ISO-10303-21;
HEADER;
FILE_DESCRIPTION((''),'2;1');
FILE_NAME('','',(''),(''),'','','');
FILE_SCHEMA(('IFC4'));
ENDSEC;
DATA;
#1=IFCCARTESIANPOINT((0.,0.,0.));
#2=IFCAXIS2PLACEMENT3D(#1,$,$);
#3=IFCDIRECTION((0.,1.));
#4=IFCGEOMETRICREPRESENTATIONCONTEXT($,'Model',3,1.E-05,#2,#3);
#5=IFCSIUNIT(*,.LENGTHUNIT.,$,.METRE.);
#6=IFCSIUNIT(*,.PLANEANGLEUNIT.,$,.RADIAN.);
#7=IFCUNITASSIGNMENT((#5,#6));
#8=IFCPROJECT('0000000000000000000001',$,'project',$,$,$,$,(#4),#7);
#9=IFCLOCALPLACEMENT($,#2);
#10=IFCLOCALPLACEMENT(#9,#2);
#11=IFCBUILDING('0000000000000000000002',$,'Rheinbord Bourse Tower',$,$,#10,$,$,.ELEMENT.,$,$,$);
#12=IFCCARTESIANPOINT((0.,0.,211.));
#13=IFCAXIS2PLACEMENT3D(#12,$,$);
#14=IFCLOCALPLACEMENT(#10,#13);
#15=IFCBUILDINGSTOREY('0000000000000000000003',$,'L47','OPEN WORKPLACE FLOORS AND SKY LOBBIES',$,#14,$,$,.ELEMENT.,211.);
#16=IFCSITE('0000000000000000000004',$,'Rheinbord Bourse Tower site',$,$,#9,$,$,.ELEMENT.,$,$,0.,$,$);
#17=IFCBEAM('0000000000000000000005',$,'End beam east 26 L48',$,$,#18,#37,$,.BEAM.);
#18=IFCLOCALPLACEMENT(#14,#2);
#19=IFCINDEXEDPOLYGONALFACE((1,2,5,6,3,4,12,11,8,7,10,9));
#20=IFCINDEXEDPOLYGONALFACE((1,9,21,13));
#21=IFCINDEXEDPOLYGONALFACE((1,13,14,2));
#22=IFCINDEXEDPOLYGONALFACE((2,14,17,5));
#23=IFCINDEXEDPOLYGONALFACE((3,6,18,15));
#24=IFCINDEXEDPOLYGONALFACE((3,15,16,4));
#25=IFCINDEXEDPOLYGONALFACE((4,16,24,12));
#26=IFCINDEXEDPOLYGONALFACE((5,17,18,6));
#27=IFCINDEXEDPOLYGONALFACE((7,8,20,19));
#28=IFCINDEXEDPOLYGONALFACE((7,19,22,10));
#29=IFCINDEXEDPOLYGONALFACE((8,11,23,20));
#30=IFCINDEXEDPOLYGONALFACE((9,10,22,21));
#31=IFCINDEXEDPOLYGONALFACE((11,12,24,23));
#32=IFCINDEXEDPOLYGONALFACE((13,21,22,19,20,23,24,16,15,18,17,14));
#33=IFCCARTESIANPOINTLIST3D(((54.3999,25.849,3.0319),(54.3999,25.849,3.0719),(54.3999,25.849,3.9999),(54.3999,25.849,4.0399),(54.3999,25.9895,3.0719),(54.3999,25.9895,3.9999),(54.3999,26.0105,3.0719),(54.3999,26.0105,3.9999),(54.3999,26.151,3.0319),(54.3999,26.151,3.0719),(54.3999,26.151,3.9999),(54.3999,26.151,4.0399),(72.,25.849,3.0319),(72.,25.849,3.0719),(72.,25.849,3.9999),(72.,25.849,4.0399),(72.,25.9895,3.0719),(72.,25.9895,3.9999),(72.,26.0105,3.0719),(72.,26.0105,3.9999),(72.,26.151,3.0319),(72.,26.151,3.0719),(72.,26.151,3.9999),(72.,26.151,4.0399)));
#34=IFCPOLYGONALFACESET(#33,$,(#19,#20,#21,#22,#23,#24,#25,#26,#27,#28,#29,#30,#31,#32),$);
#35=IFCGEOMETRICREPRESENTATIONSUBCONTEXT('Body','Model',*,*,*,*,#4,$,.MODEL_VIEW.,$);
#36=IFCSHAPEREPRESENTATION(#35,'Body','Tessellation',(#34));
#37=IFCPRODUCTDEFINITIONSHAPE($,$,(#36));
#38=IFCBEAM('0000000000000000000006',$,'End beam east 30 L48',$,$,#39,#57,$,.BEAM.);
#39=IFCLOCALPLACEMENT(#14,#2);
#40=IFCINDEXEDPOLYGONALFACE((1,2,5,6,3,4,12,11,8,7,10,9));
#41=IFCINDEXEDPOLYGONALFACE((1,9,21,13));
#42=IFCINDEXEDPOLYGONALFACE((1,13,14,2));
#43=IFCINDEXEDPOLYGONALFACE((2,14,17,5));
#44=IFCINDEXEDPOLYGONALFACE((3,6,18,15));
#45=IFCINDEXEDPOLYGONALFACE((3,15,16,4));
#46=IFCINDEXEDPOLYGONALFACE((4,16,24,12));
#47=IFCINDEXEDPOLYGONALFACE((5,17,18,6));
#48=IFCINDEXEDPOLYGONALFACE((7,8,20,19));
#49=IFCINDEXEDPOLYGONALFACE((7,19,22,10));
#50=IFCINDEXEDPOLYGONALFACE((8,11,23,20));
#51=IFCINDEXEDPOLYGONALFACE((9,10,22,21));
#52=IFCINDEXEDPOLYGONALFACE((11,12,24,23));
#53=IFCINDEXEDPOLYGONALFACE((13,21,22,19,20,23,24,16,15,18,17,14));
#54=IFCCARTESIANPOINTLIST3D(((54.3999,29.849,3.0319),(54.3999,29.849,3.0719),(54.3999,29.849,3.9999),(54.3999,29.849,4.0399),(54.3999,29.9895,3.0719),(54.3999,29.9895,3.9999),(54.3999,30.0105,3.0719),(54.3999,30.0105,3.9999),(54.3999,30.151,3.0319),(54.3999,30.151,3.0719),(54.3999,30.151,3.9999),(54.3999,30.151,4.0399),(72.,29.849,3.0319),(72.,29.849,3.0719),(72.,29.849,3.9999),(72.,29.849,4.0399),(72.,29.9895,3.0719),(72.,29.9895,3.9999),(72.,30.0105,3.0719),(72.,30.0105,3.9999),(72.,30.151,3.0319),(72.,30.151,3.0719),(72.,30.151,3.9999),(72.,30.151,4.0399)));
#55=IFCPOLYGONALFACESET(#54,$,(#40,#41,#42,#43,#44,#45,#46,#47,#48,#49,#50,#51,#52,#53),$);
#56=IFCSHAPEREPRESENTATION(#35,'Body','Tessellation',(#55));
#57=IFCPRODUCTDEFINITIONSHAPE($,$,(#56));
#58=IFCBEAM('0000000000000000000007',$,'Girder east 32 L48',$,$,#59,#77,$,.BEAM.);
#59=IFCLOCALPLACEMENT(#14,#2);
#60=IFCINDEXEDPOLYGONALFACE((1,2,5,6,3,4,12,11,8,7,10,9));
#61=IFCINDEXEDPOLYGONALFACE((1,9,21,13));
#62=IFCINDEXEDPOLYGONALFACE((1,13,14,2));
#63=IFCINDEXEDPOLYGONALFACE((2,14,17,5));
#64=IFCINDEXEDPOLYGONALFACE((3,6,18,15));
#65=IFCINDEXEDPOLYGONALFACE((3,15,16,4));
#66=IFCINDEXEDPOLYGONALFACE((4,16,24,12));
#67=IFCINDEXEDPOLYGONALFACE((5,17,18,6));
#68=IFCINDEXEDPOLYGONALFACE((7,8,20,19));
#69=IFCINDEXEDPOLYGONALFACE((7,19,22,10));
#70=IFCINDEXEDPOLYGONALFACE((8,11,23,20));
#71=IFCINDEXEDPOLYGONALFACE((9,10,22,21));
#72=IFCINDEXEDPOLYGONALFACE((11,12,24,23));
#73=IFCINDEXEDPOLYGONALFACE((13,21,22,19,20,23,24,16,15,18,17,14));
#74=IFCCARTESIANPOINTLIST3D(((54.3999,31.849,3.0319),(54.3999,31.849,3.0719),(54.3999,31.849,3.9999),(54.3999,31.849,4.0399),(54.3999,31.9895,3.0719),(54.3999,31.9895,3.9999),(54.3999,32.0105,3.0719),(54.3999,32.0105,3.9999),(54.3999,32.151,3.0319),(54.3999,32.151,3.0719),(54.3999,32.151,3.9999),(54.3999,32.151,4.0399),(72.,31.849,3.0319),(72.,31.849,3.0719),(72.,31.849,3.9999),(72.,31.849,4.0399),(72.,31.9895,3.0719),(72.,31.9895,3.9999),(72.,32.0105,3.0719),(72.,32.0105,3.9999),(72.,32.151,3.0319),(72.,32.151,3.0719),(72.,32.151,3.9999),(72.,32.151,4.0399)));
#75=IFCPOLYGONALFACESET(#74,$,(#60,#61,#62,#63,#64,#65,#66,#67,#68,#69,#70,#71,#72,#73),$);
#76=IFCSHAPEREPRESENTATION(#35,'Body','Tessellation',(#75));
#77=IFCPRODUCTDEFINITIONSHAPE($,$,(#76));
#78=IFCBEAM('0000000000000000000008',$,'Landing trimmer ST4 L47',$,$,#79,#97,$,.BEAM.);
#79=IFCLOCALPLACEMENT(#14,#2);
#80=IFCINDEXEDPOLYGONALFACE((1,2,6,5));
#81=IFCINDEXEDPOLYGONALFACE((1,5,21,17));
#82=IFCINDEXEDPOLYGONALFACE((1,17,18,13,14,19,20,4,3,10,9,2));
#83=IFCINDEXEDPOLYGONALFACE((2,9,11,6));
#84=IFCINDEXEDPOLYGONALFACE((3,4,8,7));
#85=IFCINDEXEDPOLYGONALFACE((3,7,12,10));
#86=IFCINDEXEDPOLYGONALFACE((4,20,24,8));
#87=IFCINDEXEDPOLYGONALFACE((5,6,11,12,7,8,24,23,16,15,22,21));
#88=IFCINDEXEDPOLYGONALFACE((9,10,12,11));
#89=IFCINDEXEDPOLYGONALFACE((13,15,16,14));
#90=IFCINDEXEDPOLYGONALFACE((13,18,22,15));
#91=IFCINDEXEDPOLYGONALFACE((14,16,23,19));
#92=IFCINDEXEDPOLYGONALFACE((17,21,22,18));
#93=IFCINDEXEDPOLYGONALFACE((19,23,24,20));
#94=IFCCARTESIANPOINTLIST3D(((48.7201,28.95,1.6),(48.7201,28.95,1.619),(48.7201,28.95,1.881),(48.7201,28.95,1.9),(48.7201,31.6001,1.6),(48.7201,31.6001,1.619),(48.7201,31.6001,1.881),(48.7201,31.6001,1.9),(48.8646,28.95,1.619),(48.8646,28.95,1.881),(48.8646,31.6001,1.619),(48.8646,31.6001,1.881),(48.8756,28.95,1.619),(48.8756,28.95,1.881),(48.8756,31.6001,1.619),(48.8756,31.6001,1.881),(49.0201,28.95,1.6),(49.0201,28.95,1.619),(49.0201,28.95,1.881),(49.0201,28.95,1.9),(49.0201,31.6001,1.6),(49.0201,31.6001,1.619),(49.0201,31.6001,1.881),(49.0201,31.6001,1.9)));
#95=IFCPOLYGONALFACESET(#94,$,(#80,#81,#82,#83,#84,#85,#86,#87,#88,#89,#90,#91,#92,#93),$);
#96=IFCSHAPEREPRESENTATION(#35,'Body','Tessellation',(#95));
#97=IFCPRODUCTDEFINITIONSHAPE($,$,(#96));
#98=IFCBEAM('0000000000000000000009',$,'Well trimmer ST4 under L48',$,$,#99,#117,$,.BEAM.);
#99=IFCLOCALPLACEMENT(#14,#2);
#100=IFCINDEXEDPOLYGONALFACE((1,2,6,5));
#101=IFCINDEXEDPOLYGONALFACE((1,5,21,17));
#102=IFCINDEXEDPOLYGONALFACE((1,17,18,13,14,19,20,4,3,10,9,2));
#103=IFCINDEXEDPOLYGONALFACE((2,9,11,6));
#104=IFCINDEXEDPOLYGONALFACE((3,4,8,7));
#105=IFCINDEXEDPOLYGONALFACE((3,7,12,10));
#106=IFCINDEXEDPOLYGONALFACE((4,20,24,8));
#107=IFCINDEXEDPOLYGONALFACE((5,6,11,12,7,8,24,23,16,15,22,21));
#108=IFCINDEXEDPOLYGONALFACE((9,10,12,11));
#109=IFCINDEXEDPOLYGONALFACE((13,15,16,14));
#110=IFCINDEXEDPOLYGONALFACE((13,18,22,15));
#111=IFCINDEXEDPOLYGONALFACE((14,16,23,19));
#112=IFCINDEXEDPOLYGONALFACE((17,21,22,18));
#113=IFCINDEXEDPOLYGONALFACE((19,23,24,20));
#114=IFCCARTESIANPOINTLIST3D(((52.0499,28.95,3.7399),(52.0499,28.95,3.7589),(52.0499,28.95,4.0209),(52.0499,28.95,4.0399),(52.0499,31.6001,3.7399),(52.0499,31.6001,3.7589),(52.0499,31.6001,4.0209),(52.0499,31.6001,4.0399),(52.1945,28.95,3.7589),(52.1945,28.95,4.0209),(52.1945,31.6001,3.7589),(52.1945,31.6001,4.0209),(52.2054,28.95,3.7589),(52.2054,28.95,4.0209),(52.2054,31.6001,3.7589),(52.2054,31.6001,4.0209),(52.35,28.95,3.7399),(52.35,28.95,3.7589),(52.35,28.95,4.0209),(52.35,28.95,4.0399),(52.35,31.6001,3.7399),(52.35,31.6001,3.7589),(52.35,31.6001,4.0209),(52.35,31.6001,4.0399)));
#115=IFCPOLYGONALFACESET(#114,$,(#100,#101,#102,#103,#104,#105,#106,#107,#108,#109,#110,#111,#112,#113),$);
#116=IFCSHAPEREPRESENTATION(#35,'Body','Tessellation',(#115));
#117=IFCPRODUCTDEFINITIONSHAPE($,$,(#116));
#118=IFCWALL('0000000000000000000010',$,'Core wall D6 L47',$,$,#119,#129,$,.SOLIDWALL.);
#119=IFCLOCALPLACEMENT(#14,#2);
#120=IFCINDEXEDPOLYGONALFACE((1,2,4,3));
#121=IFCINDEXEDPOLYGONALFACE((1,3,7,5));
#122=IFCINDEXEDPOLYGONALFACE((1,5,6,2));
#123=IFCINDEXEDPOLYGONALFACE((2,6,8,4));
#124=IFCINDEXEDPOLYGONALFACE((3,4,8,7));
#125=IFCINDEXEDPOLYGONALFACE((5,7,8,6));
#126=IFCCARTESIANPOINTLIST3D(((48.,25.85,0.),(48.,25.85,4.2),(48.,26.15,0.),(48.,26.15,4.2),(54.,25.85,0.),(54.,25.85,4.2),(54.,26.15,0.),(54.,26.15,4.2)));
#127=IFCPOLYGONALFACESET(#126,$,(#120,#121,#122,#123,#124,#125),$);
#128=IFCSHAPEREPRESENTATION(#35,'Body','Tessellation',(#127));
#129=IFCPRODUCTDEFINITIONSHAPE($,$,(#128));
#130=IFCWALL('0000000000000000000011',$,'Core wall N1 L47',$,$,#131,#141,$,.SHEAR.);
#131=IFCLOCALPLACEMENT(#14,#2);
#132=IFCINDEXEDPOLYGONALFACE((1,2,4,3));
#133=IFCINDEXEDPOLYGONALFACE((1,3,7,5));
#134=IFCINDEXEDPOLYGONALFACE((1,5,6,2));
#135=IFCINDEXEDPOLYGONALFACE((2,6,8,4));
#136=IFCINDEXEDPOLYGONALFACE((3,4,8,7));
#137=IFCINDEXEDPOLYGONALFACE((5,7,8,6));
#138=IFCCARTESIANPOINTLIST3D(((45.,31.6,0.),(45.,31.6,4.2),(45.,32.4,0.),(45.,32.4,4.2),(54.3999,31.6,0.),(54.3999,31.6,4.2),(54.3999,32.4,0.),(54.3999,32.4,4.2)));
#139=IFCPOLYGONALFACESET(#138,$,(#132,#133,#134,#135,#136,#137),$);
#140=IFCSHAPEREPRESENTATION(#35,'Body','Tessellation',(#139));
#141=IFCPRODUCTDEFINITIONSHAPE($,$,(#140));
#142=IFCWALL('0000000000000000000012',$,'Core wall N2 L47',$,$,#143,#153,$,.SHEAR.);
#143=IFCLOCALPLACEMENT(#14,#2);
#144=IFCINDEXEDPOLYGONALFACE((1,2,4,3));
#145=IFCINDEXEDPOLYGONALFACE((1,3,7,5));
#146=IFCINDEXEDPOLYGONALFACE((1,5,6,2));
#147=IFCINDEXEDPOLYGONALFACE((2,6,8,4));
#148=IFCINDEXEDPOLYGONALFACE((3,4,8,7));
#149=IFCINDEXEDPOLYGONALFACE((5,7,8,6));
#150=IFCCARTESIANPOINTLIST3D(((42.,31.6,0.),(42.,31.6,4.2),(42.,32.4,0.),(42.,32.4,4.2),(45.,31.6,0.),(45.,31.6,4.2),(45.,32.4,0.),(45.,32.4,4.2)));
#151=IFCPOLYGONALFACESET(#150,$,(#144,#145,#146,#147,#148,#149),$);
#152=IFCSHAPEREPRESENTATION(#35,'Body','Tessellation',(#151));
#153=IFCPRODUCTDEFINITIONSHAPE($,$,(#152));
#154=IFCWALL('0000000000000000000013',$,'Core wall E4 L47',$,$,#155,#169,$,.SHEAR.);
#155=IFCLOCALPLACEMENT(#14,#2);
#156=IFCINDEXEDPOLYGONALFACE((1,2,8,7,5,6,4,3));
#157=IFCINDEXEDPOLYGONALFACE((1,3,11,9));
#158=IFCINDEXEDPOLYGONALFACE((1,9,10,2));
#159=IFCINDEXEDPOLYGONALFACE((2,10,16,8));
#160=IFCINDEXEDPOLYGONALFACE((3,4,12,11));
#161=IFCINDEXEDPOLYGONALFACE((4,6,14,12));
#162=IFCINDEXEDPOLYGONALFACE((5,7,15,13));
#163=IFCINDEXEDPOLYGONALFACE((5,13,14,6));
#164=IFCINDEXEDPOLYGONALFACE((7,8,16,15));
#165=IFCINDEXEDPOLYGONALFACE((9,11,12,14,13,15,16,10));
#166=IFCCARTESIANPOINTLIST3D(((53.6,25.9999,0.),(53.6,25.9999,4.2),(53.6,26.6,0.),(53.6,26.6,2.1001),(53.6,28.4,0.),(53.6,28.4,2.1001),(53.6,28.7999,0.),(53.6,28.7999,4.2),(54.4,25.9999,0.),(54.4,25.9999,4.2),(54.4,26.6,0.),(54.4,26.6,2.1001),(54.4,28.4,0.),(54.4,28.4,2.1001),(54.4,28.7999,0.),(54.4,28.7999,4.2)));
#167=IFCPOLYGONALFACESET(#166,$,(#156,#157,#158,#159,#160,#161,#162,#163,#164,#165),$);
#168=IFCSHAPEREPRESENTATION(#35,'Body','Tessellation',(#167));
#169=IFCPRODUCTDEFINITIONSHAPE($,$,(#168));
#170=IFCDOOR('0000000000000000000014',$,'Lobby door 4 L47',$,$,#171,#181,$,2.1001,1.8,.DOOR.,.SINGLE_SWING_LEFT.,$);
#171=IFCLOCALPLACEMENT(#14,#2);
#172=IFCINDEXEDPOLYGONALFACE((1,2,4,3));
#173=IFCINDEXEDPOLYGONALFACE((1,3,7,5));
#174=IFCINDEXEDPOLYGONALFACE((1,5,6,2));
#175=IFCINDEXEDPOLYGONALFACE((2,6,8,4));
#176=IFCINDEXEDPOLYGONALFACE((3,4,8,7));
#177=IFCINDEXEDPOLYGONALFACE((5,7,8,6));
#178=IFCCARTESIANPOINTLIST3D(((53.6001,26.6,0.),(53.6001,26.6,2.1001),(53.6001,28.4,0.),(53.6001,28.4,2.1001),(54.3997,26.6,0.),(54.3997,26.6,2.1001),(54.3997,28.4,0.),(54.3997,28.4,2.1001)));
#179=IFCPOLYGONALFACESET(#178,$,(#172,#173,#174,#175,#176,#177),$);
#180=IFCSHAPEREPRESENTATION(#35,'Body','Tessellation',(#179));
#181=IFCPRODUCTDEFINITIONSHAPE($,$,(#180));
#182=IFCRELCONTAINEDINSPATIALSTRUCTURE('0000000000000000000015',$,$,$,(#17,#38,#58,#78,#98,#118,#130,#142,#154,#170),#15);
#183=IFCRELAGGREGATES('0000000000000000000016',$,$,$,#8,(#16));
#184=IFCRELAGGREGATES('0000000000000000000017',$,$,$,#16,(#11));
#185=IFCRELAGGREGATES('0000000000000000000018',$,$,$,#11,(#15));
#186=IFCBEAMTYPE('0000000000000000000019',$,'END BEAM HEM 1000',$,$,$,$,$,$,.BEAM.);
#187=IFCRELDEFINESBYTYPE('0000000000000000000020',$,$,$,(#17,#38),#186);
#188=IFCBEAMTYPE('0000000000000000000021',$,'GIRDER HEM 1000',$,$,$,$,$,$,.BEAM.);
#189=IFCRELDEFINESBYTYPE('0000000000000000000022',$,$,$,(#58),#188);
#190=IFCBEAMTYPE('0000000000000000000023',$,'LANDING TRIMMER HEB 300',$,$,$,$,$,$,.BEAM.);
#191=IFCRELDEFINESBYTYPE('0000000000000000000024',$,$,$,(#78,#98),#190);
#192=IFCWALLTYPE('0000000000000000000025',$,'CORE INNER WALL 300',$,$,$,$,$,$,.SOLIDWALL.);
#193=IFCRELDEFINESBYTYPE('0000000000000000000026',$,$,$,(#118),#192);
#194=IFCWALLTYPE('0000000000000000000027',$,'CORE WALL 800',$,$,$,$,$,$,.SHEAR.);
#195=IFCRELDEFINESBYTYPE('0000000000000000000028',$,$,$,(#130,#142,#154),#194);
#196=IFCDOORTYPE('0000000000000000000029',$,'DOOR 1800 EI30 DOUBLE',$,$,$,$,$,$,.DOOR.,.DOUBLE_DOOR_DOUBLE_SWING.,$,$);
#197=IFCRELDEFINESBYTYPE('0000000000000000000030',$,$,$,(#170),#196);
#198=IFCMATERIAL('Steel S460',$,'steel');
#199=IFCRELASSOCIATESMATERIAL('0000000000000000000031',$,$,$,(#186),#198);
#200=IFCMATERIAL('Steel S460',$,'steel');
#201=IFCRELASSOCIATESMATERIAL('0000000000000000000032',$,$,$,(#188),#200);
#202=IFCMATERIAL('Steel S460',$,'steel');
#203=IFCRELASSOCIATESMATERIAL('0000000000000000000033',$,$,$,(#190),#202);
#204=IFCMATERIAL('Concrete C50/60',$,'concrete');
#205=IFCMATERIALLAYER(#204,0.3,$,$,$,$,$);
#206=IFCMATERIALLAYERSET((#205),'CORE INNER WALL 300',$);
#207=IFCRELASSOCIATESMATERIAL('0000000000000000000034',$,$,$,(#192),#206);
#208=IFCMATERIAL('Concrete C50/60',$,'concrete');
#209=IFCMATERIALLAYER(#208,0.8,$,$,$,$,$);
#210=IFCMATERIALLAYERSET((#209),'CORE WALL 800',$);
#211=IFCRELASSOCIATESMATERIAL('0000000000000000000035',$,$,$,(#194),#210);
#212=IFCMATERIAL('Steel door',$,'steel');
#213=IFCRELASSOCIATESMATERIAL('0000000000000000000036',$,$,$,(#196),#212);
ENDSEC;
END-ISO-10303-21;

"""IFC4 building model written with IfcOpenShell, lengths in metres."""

from ifc_helpers import new_model, si_unit, direction, frame, frame_2d, origin, origin_2d, place, context, subcontext, project, spatial, rectangle, i_section, extrude, material, layer, layer_set, material_profile, profile_set, type_object, element, fill, save


model = new_model("IFC4")

# Units and contexts
model_context = context("Model", 3, precision=1e-05, world=origin(), true_north=direction((0.0, 1.0)))
body_context = subcontext(model_context, "Body", "Model", "MODEL_VIEW")
ifc_project = project(units=[si_unit("LENGTHUNIT", "METRE"), si_unit("PLANEANGLEUNIT", "RADIAN")], contexts=[model_context])

# Site, building, storey
site_placement = place(None, origin())
site = spatial("IfcSite", under=ifc_project, at=site_placement, Name="Rheinbord Bourse Tower site", CompositionType="ELEMENT", RefElevation=0.0)
building_placement = place(site_placement, origin())
building = spatial("IfcBuilding", under=site, at=building_placement, Name="Rheinbord Bourse Tower", CompositionType="ELEMENT")
storey_placement = place(building_placement, frame((0.0, 0.0, 211.0)))
storey = spatial("IfcBuildingStorey", under=building, at=storey_placement, Name="L47", Description="OPEN WORKPLACE FLOORS AND SKY LOBBIES", CompositionType="ELEMENT", Elevation=211.0)

# Beams
ifc_material_1 = material(Name="Steel S460", Category="steel")
ifc_material_profile_1 = material_profile(ifc_material_1, i_section(OverallWidth=0.302, OverallDepth=1.0081, WebThickness=0.021, FlangeThickness=0.04, at=origin_2d()), Name="HEM 1000")
ifc_profile_set_1 = profile_set([ifc_material_profile_1], Name="Steel S460")
beam_type_1 = type_object("IfcBeamType", Name="END BEAM HEM 1000", PredefinedType="BEAM", material=ifc_profile_set_1)
for number, where, z_axis, x_axis, name in (
    (1, (54.3999, 26.0, 3.5359), (1.0, 0.0, 0.0), (0.0, 1.0, 0.0), "End beam east 26 L48"),
    (2, (54.3999, 30.0, 3.5359), (1.0, 0.0, 0.0), (0.0, 1.0, 0.0), "End beam east 30 L48"),
):
    element("IfcBeam", number, at=place(storey_placement, frame(where, z_axis=z_axis, x_axis=x_axis)), inside=storey, type_object=beam_type_1, Name=name, PredefinedType="BEAM", context=body_context, shape_type="SweptSolid", body=[
        extrude(i_section(OverallWidth=0.302, OverallDepth=1.0081, WebThickness=0.021, FlangeThickness=0.04, at=origin_2d()), origin(), (0.0, 0.0, 1.0), 17.6001),
    ])
ifc_material_2 = material(Name="Steel S460", Category="steel")
ifc_material_profile_2 = material_profile(ifc_material_2, i_section(OverallWidth=0.302, OverallDepth=1.0081, WebThickness=0.021, FlangeThickness=0.04, at=origin_2d()), Name="HEM 1000")
ifc_profile_set_2 = profile_set([ifc_material_profile_2], Name="Steel S460")
beam_type_2 = type_object("IfcBeamType", Name="GIRDER HEM 1000", PredefinedType="BEAM", material=ifc_profile_set_2)
beam_placement = place(storey_placement, frame((54.3999, 32.0, 3.5359), z_axis=(1.0, 0.0, 0.0), x_axis=(0.0, 1.0, 0.0)))
element("IfcBeam", 3, at=beam_placement, inside=storey, type_object=beam_type_2, Name="Girder east 32 L48", PredefinedType="BEAM", context=body_context, shape_type="SweptSolid", body=[
    extrude(i_section(OverallWidth=0.302, OverallDepth=1.0081, WebThickness=0.021, FlangeThickness=0.04, at=origin_2d()), origin(), (0.0, 0.0, 1.0), 17.6001),
])
ifc_material_3 = material(Name="Steel S460", Category="steel")
ifc_material_profile_3 = material_profile(ifc_material_3, i_section(OverallWidth=0.3, OverallDepth=0.3, WebThickness=0.011, FlangeThickness=0.019, at=origin_2d()), Name="HEB 300")
ifc_profile_set_3 = profile_set([ifc_material_profile_3], Name="Steel S460")
beam_type_3 = type_object("IfcBeamType", Name="LANDING TRIMMER HEB 300", PredefinedType="BEAM", material=ifc_profile_set_3)
for number, where, z_axis, x_axis, name in (
    (4, (48.8701, 28.95, 1.75), (0.0, 1.0, 0.0), (-1.0, 0.0, 0.0), "Landing trimmer ST4 L47"),
    (5, (52.2, 28.95, 3.8899), (0.0, 1.0, 0.0), (-1.0, 0.0, 0.0), "Well trimmer ST4 under L48"),
):
    element("IfcBeam", number, at=place(storey_placement, frame(where, z_axis=z_axis, x_axis=x_axis)), inside=storey, type_object=beam_type_3, Name=name, PredefinedType="BEAM", context=body_context, shape_type="SweptSolid", body=[
        extrude(i_section(OverallWidth=0.3, OverallDepth=0.3, WebThickness=0.011, FlangeThickness=0.019, at=origin_2d()), origin(), (0.0, 0.0, 1.0), 2.6501),
    ])

# Walls
ifc_material_4 = material(Name="Concrete C50/60", Category="concrete")
ifc_layer_1 = layer(ifc_material_4, 0.3)
ifc_layer_set_1 = layer_set([ifc_layer_1], Name="CORE INNER WALL 300")
wall_type_1 = type_object("IfcWallType", Name="CORE INNER WALL 300", PredefinedType="SOLIDWALL", material=ifc_layer_set_1)
wall_1_placement = place(storey_placement, frame((48.0, 26.0, 0.0), z_axis=(0.0, 0.0, 1.0), x_axis=(1.0, 0.0, 0.0)))
element("IfcWall", 6, at=wall_1_placement, inside=storey, type_object=wall_type_1, Name="Core wall D6 L47", PredefinedType="SOLIDWALL", context=body_context, shape_type="SweptSolid", body=[
    extrude(rectangle(XDim=6.0, YDim=0.3, at=frame_2d((3.0, 0.0))), origin(), (0.0, 0.0, 1.0), 4.2),
])
ifc_material_5 = material(Name="Concrete C50/60", Category="concrete")
ifc_layer_2 = layer(ifc_material_5, 0.8)
ifc_layer_set_2 = layer_set([ifc_layer_2], Name="CORE WALL 800")
wall_type_2 = type_object("IfcWallType", Name="CORE WALL 800", PredefinedType="SHEAR", material=ifc_layer_set_2)
wall_2_placement = place(storey_placement, frame((54.3999, 32.0, 0.0), z_axis=(0.0, 0.0, 1.0), x_axis=(-1.0, 0.0, 0.0)))
element("IfcWall", 7, at=wall_2_placement, inside=storey, type_object=wall_type_2, Name="Core wall N1 L47", PredefinedType="SHEAR", context=body_context, shape_type="SweptSolid", body=[
    extrude(rectangle(XDim=9.3999, YDim=0.8, at=frame_2d((4.7, 0.0))), origin(), (0.0, 0.0, 1.0), 4.2),
])
wall_3_placement = place(storey_placement, frame((45.0, 32.0, 0.0), z_axis=(0.0, 0.0, 1.0), x_axis=(-1.0, 0.0, 0.0)))
element("IfcWall", 8, at=wall_3_placement, inside=storey, type_object=wall_type_2, Name="Core wall N2 L47", PredefinedType="SHEAR", context=body_context, shape_type="SweptSolid", body=[
    extrude(rectangle(XDim=3.0, YDim=0.8, at=frame_2d((1.5, 0.0))), origin(), (0.0, 0.0, 1.0), 4.2),
])

# Wall, opening, door
wall_4_placement = place(storey_placement, frame((54.0, 26.0, 0.0), z_axis=(0.0, 0.0, 1.0), x_axis=(0.0, 1.0, 0.0)))
wall_4 = element("IfcWall", 9, at=wall_4_placement, inside=storey, type_object=wall_type_2, Name="Core wall E4 L47", PredefinedType="SHEAR", context=body_context, shape_type="SweptSolid", body=[
    extrude(rectangle(XDim=2.8, YDim=0.8, at=frame_2d((1.3999, 0.0))), origin(), (0.0, 0.0, 1.0), 4.2),
])
opening_1_placement = place(wall_4_placement, frame((0.6001, 0.0, 0.0)))
opening_1 = element("IfcOpeningElement", 10, at=opening_1_placement, cuts=wall_4, PredefinedType="OPENING", context=body_context, shape_type="SweptSolid", body=[
    extrude(rectangle(XDim=1.8, YDim=2.1001, at=frame_2d((0.8999, 1.05))), frame((0.0, 0.4099, 0.0), z_axis=(0.0, -1.0, 0.0), x_axis=(1.0, 0.0, 0.0)), (0.0, 0.0, 1.0), 0.8201),
])
ifc_material_6 = material(Name="Steel door", Category="steel")
door_type_1 = type_object("IfcDoorType", Name="DOOR 1800 EI30 DOUBLE", OperationType="DOUBLE_DOOR_DOUBLE_SWING", PredefinedType="DOOR", material=ifc_material_6)
door_1_placement = place(opening_1_placement, origin())
door_1 = element("IfcDoor", 11, at=door_1_placement, inside=storey, type_object=door_type_1, Name="Lobby door 4 L47", OperationType="SINGLE_SWING_LEFT", OverallHeight=2.1001, OverallWidth=1.8, PredefinedType="DOOR", context=body_context, shape_type="SweptSolid", body=[
    extrude(rectangle(XDim=1.8, YDim=2.1001, at=frame_2d((0.8999, 1.05))), frame((0.0, 0.3999, 0.0), z_axis=(0.0, -1.0, 0.0), x_axis=(1.0, 0.0, 0.0)), (0.0, 0.0, 1.0), 0.7996),
])
fill(opening_1, door_1)

save(model, "model.ifc")
